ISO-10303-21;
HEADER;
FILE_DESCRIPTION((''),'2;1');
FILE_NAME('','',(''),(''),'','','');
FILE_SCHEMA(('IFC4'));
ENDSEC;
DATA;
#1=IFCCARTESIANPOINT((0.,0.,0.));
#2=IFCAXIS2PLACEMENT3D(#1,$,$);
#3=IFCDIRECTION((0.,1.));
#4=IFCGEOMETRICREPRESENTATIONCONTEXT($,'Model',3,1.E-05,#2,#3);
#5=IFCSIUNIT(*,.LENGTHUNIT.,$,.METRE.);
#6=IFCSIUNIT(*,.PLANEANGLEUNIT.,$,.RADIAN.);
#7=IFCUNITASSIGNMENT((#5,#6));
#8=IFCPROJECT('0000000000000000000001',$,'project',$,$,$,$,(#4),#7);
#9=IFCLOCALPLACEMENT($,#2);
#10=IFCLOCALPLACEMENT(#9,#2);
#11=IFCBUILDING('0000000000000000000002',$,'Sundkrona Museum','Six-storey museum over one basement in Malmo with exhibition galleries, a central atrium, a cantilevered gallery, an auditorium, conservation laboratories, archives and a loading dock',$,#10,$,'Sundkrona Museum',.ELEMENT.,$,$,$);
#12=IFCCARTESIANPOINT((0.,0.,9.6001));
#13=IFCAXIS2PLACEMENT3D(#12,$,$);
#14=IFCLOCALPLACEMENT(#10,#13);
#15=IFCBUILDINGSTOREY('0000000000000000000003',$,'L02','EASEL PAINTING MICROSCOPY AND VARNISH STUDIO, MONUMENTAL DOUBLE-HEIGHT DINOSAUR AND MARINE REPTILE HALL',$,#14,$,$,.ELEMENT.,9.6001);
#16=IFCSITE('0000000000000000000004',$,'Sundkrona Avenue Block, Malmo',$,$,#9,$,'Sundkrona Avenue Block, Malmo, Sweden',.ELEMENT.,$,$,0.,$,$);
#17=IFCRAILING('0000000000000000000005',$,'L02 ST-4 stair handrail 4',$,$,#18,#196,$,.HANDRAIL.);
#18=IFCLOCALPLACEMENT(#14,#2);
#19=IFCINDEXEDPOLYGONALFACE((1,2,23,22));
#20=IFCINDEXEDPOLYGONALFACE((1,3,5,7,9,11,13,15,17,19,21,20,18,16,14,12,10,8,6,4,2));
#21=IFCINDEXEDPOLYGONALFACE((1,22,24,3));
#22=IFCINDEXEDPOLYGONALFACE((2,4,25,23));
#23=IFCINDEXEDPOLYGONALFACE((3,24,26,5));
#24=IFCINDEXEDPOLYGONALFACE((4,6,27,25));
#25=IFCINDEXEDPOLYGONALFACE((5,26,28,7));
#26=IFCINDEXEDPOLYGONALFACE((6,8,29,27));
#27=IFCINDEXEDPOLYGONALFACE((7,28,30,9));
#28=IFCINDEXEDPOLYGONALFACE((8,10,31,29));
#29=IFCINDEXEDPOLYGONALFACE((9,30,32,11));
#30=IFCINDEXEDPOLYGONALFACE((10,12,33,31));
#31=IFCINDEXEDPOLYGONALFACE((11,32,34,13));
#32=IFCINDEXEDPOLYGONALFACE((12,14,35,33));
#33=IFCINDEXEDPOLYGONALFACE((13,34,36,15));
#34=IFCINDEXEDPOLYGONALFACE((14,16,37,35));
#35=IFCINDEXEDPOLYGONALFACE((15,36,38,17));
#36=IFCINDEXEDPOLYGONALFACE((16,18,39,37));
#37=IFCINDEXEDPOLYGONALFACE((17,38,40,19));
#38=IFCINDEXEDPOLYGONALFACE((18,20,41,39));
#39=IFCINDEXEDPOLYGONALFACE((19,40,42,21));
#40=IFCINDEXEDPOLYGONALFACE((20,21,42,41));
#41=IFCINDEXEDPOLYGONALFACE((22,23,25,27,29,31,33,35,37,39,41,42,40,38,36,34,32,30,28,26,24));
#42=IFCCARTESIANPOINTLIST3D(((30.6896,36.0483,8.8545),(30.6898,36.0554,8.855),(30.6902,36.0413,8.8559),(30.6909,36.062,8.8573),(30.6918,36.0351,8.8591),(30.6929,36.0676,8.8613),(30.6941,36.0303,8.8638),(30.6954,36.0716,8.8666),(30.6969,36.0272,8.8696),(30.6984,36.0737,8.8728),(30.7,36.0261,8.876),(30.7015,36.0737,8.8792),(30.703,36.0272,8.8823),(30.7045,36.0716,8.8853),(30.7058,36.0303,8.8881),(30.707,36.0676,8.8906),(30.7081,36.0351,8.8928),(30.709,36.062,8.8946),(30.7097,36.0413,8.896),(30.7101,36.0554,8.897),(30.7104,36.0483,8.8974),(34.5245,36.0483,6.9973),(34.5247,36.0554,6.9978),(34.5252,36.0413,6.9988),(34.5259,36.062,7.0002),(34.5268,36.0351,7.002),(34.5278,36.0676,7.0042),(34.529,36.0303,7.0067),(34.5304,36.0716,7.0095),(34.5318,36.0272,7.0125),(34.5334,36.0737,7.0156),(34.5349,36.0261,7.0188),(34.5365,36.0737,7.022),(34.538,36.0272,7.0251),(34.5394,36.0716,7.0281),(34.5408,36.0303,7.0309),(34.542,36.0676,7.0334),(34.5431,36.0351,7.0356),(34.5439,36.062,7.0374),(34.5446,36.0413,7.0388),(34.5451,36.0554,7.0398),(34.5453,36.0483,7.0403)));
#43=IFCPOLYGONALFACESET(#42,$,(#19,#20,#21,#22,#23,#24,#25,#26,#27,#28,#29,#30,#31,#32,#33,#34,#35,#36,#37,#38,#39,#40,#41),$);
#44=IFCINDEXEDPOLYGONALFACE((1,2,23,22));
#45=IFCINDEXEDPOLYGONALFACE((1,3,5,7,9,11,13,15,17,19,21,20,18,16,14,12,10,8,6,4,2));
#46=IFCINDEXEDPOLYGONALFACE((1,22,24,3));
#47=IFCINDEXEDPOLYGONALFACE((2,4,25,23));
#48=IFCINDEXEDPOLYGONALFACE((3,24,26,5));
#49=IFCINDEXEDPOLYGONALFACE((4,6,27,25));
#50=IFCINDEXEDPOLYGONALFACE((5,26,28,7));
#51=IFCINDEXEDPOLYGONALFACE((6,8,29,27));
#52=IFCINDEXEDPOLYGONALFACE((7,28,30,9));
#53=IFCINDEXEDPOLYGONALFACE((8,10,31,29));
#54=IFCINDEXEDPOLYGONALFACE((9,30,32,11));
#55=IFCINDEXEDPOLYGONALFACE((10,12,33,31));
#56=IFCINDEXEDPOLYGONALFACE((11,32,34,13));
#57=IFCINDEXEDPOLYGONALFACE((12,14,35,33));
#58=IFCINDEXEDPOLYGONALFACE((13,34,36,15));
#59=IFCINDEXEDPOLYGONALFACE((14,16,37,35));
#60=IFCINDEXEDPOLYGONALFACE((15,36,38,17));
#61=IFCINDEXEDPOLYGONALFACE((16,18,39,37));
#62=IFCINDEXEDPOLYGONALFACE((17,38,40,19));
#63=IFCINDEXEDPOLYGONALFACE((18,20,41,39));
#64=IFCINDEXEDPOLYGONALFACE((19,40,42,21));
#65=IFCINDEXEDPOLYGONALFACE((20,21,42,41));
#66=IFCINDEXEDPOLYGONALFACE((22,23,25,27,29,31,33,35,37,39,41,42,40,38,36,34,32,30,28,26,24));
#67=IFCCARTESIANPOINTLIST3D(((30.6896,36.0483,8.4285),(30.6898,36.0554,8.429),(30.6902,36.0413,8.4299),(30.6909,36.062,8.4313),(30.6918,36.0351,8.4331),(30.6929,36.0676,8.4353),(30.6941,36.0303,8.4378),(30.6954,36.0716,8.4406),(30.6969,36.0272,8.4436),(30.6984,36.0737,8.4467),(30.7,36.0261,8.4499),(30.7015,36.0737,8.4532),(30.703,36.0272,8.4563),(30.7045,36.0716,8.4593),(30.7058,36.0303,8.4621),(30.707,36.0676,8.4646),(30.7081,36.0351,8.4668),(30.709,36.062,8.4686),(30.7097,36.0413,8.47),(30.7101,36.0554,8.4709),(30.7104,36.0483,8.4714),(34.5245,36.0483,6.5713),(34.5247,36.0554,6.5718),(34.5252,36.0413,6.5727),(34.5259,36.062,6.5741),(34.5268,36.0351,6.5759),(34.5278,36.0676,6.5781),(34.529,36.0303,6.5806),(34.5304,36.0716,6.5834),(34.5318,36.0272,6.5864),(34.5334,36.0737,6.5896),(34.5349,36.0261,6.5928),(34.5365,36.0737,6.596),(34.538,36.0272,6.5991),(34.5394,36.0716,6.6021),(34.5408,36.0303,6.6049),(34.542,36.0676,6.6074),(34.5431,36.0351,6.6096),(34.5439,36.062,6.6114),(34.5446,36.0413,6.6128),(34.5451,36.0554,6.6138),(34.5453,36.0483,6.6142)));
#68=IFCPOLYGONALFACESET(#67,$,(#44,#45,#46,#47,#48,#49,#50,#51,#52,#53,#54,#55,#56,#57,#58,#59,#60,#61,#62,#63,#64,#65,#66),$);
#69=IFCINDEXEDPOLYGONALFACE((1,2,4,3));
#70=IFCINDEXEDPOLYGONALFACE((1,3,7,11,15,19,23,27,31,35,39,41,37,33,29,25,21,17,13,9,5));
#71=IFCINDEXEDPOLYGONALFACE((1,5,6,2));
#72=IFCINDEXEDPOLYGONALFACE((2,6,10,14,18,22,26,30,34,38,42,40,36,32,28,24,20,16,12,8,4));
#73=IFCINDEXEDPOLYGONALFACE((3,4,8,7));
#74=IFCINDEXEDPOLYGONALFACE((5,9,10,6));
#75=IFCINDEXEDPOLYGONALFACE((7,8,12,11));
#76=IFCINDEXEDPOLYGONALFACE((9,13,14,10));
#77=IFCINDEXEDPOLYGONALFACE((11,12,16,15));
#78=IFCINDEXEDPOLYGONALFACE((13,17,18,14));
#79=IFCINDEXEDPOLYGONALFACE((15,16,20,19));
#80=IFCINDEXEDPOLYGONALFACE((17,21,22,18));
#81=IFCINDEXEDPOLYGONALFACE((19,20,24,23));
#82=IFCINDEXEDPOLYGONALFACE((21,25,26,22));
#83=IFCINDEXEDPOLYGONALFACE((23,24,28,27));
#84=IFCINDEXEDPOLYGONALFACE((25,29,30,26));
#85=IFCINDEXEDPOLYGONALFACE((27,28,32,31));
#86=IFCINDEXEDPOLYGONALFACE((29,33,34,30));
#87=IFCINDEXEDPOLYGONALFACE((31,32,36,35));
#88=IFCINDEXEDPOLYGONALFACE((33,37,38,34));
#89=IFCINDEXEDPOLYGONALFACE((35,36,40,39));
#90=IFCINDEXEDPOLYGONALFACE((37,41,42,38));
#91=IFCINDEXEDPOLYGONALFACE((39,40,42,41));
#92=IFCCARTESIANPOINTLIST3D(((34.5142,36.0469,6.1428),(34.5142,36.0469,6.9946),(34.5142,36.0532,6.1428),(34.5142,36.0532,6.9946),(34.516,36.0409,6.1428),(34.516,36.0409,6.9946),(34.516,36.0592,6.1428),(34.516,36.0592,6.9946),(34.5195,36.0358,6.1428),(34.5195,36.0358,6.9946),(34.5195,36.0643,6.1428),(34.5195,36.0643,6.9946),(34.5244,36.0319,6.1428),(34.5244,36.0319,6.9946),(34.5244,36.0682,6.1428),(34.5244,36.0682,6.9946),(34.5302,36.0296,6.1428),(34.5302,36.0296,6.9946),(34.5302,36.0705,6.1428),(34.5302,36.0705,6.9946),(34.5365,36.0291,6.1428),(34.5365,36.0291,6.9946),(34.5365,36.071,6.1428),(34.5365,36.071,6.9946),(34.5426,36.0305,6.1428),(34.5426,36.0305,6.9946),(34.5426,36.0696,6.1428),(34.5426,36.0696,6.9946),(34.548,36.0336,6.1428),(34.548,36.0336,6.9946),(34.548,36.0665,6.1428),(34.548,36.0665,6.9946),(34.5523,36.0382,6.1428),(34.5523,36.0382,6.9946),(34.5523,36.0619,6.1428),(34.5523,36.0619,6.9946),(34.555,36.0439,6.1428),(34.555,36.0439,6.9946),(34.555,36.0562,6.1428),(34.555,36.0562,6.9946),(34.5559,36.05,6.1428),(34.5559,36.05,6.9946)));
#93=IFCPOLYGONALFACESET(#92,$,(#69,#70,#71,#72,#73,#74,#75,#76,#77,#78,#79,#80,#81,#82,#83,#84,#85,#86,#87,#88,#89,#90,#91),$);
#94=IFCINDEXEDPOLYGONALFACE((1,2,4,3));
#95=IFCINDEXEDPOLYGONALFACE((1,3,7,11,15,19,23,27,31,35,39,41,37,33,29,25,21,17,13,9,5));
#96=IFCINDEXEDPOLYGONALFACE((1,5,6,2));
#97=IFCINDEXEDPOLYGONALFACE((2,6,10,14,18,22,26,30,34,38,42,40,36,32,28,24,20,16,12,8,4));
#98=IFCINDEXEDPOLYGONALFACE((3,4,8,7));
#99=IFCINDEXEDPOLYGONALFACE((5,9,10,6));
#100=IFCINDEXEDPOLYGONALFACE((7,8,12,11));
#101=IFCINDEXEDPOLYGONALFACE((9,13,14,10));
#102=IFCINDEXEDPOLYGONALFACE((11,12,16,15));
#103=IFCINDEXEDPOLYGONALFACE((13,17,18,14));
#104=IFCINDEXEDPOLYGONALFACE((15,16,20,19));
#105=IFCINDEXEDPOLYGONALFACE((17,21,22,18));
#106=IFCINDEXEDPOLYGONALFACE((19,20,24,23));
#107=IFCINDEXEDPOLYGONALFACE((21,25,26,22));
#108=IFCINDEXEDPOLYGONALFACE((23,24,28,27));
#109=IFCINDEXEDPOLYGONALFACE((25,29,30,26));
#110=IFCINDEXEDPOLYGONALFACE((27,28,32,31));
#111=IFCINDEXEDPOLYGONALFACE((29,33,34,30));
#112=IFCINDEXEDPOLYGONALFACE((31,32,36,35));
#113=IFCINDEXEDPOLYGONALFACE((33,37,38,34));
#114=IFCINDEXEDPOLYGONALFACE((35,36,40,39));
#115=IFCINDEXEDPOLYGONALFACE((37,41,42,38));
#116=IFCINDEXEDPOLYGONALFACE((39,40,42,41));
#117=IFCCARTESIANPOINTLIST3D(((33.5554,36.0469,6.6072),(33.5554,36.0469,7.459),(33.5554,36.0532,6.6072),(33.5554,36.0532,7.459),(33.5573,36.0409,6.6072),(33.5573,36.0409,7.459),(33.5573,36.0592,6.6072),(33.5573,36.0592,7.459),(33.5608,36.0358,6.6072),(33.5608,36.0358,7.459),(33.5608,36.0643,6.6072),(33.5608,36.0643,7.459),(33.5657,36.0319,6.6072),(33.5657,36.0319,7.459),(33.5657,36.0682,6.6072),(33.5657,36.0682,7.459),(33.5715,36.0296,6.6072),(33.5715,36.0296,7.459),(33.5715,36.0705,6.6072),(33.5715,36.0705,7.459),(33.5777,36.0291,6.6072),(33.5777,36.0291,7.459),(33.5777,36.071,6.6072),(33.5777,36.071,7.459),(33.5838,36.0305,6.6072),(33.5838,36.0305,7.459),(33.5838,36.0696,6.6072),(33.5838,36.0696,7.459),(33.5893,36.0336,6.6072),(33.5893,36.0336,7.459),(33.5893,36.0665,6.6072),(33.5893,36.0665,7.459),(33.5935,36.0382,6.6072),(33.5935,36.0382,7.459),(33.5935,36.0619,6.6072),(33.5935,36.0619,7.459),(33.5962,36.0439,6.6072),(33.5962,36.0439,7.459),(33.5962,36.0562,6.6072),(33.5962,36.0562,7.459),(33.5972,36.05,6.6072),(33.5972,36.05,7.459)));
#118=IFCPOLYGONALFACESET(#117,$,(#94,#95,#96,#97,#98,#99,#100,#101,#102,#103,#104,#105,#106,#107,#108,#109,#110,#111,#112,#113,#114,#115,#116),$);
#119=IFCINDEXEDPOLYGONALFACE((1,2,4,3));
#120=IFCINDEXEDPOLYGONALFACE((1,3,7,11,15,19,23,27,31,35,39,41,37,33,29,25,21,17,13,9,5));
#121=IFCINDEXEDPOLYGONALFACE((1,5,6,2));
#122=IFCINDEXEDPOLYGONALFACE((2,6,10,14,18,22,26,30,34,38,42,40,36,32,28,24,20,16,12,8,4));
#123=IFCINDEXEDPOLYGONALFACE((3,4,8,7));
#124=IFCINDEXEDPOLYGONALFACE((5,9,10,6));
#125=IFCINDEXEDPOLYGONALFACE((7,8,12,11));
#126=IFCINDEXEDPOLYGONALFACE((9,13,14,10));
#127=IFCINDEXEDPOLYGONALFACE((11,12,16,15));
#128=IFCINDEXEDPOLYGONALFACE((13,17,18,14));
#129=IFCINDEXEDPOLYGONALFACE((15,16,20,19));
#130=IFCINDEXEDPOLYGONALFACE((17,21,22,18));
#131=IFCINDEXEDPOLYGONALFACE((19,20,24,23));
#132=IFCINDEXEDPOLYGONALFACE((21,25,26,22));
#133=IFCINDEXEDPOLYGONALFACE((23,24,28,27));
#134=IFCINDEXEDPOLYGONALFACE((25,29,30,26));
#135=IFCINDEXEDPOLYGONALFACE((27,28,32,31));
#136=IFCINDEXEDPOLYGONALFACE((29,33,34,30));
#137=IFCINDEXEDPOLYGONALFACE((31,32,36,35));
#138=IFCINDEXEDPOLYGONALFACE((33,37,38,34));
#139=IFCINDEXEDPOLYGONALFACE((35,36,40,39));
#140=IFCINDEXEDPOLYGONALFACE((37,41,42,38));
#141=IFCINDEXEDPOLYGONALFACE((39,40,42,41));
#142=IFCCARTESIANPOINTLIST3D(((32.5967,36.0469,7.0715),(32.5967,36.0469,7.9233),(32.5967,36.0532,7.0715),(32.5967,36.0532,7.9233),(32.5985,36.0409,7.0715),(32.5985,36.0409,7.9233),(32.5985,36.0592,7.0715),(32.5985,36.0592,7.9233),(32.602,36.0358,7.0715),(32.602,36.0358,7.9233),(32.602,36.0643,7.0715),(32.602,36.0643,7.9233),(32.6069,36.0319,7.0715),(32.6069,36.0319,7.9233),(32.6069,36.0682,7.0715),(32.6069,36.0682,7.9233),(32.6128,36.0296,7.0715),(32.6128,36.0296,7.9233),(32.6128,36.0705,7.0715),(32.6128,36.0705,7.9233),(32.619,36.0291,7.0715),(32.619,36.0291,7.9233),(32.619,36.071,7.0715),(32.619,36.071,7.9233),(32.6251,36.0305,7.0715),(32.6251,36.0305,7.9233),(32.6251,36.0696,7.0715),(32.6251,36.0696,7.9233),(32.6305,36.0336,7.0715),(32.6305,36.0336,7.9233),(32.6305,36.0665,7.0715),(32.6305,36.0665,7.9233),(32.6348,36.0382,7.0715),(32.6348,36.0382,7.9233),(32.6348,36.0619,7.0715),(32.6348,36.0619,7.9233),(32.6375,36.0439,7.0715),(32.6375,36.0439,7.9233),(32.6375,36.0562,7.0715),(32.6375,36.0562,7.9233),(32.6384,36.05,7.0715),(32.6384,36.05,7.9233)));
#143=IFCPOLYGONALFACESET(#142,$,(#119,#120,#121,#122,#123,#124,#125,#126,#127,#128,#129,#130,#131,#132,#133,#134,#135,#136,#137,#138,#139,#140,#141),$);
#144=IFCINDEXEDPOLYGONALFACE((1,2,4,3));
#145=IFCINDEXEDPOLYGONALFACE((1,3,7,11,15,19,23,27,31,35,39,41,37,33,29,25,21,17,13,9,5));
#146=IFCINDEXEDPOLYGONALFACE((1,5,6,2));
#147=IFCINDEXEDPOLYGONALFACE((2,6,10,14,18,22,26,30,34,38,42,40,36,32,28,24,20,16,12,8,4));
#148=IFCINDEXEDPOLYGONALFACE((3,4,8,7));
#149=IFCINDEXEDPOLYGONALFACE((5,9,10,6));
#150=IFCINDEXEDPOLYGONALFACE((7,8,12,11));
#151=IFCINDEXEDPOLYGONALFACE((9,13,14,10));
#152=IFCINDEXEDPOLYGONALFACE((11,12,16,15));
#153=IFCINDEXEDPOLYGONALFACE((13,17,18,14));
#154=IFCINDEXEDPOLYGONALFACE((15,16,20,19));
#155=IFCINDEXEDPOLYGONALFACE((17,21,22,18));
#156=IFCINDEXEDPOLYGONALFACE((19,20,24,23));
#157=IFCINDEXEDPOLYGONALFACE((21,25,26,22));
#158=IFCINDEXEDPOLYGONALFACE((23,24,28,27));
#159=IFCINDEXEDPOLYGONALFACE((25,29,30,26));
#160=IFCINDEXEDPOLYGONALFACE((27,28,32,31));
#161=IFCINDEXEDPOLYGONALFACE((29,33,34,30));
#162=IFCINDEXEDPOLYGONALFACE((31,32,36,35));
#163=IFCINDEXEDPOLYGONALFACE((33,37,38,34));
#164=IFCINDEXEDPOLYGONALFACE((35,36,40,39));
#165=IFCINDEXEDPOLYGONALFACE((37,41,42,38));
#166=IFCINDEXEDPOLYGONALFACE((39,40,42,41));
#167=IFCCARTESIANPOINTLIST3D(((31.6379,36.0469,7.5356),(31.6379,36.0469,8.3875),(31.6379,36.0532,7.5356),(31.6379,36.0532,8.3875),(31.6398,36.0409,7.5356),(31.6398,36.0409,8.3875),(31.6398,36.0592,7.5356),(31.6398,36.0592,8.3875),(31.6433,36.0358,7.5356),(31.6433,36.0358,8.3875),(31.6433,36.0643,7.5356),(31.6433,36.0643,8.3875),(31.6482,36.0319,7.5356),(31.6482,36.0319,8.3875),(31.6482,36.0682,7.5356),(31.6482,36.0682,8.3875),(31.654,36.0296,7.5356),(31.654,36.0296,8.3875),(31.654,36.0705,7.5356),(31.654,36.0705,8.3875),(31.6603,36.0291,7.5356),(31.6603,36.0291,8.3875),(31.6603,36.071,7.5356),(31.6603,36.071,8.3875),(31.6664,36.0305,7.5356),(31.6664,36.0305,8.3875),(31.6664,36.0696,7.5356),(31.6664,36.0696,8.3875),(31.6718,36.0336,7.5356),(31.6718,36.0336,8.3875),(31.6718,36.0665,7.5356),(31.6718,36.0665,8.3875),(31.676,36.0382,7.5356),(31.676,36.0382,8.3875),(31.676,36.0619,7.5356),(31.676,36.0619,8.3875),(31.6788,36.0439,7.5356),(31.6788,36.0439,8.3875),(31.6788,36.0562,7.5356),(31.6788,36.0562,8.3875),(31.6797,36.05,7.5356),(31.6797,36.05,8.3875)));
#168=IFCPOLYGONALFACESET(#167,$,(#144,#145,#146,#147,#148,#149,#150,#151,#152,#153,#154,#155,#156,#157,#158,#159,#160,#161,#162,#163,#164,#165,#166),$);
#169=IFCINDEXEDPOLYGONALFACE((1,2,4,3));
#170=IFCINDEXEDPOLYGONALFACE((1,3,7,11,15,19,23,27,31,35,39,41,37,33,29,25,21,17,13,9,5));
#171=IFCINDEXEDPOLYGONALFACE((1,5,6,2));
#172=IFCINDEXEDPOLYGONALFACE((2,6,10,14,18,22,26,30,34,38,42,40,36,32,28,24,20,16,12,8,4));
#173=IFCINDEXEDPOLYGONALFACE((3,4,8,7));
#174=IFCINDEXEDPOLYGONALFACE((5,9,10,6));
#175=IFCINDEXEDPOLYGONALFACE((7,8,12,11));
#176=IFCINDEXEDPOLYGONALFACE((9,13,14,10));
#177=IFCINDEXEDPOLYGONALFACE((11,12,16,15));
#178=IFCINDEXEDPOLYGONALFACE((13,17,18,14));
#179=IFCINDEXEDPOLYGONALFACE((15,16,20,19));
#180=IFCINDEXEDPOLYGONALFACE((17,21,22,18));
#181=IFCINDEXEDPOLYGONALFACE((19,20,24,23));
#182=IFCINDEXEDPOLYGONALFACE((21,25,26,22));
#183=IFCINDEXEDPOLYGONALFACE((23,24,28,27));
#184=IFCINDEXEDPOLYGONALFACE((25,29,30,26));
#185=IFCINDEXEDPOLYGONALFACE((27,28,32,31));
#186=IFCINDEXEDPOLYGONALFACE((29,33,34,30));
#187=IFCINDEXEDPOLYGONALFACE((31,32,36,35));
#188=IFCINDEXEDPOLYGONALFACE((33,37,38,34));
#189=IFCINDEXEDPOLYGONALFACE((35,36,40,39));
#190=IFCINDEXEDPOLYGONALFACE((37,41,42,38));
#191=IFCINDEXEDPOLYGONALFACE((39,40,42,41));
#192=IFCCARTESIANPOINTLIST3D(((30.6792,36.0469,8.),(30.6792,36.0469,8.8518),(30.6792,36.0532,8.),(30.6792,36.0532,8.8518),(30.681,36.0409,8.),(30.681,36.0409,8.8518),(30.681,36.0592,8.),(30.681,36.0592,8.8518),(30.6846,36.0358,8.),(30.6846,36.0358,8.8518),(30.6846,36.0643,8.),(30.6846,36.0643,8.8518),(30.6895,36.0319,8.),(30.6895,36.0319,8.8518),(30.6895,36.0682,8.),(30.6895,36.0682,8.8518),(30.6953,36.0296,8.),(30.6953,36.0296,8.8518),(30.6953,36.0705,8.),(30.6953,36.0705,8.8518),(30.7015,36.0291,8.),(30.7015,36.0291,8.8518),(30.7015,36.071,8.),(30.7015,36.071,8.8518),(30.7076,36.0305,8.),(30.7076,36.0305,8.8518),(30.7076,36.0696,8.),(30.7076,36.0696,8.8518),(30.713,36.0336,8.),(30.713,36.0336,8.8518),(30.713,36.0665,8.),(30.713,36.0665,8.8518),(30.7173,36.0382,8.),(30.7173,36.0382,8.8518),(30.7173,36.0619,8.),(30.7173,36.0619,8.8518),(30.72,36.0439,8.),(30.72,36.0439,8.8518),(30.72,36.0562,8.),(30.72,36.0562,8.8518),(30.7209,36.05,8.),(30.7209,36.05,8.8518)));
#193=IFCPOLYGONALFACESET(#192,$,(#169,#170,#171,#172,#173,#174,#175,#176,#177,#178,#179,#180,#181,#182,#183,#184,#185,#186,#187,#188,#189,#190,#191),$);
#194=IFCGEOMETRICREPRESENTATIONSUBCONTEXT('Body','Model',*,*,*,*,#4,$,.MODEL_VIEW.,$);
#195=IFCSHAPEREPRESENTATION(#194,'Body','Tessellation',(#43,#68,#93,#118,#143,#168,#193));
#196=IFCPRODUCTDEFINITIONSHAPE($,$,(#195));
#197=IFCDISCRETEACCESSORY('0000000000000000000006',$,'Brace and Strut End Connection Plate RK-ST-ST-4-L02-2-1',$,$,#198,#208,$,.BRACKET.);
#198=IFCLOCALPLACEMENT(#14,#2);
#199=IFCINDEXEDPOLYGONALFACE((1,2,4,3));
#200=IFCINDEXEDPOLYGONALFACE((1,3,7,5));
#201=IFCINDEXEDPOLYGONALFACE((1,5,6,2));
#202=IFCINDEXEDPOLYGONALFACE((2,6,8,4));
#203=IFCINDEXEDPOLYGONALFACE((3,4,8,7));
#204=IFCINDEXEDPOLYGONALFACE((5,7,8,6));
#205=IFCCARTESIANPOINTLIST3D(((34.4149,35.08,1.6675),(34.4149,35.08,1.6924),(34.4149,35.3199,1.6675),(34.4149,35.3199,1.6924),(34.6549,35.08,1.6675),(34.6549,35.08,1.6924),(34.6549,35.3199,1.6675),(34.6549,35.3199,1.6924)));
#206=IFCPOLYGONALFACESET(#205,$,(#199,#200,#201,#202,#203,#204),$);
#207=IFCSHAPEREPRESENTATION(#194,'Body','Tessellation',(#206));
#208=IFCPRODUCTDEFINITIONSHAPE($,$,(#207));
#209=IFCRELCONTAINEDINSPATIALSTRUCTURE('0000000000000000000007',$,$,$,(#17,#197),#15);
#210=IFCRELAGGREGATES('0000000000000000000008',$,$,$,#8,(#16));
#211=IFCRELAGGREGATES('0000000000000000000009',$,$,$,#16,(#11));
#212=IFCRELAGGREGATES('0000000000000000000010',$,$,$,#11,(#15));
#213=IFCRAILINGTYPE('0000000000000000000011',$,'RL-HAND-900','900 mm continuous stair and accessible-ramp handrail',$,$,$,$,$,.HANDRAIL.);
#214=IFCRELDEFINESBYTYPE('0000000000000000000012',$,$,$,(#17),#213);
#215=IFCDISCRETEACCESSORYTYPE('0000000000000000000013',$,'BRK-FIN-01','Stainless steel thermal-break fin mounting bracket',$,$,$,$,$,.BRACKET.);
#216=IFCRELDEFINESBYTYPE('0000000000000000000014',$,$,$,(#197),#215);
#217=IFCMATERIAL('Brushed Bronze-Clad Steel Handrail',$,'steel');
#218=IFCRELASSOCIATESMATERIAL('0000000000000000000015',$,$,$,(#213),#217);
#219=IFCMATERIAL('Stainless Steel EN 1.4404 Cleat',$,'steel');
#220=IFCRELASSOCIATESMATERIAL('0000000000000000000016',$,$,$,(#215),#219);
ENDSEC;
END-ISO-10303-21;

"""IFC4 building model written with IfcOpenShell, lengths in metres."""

from ifc_helpers import new_model, si_unit, direction, frame, origin, origin_2d, place, context, subcontext, project, spatial, rectangle, circle, extrude, material, type_object, element, save


model = new_model("IFC4")

# Units and contexts
model_context = context("Model", 3, precision=1e-05, world=origin(), true_north=direction((0.0, 1.0)))
body_context = subcontext(model_context, "Body", "Model", "MODEL_VIEW")
ifc_project = project(units=[si_unit("LENGTHUNIT", "METRE"), si_unit("PLANEANGLEUNIT", "RADIAN")], contexts=[model_context])

# Site, building, storey
site_placement = place(None, origin())
site = spatial("IfcSite", under=ifc_project, at=site_placement, Name="Sundkrona Avenue Block, Malmo", LongName="Sundkrona Avenue Block, Malmo, Sweden", CompositionType="ELEMENT", RefElevation=0.0)
building_placement = place(site_placement, origin())
building = spatial("IfcBuilding", under=site, at=building_placement, Name="Sundkrona Museum", Description="Six-storey museum over one basement in Malmo with exhibition galleries, a central atrium, a cantilevered gallery, an auditorium, conservation laboratories, archives and a loading dock", LongName="Sundkrona Museum", CompositionType="ELEMENT")
storey_placement = place(building_placement, frame((0.0, 0.0, 9.6001)))
storey = spatial("IfcBuildingStorey", under=building, at=storey_placement, Name="L02", Description="EASEL PAINTING MICROSCOPY AND VARNISH STUDIO, MONUMENTAL DOUBLE-HEIGHT DINOSAUR AND MARINE REPTILE HALL", CompositionType="ELEMENT", Elevation=9.6001)

# Railing
ifc_material_1 = material(Name="Brushed Bronze-Clad Steel Handrail", Category="steel")
railing_type_1 = type_object("IfcRailingType", Name="RL-HAND-900", Description="900 mm continuous stair and accessible-ramp handrail", PredefinedType="HANDRAIL", material=ifc_material_1)
for number, where, name in (
    (1, (34.5349, 36.05, 6.1428), "L02 ST-4 stair handrail 4"),
):
    element("IfcRailing", number, at=place(storey_placement, frame(where)), inside=storey, type_object=railing_type_1, Name=name, PredefinedType="HANDRAIL", context=body_context, shape_type="SweptSolid", body=[
        extrude(circle(Radius=0.0239, at=origin_2d()), frame((0.0, 0.0, 0.876), z_axis=(-0.900016, 0.0, 0.435856), x_axis=(0.0, -1.0, 0.0)), (0.0, 0.0, 1.0), 4.261),
        extrude(circle(Radius=0.0239, at=origin_2d()), frame((0.0, 0.0, 0.45), z_axis=(-0.900016, 0.0, 0.435856), x_axis=(0.0, -1.0, 0.0)), (0.0, 0.0, 1.0), 4.261),
        extrude(circle(Radius=0.021, at=origin_2d()), origin(), (0.0, 0.0, 1.0), 0.8518),
        extrude(circle(Radius=0.021, at=origin_2d()), frame((-0.9587, 0.0, 0.4644)), (0.0, 0.0, 1.0), 0.8518),
        extrude(circle(Radius=0.021, at=origin_2d()), frame((-1.9175, 0.0, 0.9287)), (0.0, 0.0, 1.0), 0.8518),
        extrude(circle(Radius=0.021, at=origin_2d()), frame((-2.8762, 0.0, 1.3928)), (0.0, 0.0, 1.0), 0.8518),
        extrude(circle(Radius=0.021, at=origin_2d()), frame((-3.835, 0.0, 1.8572)), (0.0, 0.0, 1.0), 0.8518),
    ])

# Discrete accessory
ifc_material_2 = material(Name="Stainless Steel EN 1.4404 Cleat", Category="steel")
discrete_accessory_type = type_object("IfcDiscreteAccessoryType", Name="BRK-FIN-01", Description="Stainless steel thermal-break fin mounting bracket", PredefinedType="BRACKET", material=ifc_material_2)
for number, where, z_axis, x_axis, name in (
    (2, (34.5349, 35.2, 1.6675), (0.0, 0.0, 1.0), (1.0, 0.0, 0.0), "Brace and Strut End Connection Plate RK-ST-ST-4-L02-2-1"),
):
    element("IfcDiscreteAccessory", number, at=place(storey_placement, frame(where, z_axis=z_axis, x_axis=x_axis)), inside=storey, type_object=discrete_accessory_type, Name=name, PredefinedType="BRACKET", context=body_context, shape_type="SweptSolid", body=[
        extrude(rectangle(XDim=0.24, YDim=0.24, at=origin_2d()), origin(), (0.0, 0.0, 1.0), 0.0249),
    ])

save(model, "model.ifc")
